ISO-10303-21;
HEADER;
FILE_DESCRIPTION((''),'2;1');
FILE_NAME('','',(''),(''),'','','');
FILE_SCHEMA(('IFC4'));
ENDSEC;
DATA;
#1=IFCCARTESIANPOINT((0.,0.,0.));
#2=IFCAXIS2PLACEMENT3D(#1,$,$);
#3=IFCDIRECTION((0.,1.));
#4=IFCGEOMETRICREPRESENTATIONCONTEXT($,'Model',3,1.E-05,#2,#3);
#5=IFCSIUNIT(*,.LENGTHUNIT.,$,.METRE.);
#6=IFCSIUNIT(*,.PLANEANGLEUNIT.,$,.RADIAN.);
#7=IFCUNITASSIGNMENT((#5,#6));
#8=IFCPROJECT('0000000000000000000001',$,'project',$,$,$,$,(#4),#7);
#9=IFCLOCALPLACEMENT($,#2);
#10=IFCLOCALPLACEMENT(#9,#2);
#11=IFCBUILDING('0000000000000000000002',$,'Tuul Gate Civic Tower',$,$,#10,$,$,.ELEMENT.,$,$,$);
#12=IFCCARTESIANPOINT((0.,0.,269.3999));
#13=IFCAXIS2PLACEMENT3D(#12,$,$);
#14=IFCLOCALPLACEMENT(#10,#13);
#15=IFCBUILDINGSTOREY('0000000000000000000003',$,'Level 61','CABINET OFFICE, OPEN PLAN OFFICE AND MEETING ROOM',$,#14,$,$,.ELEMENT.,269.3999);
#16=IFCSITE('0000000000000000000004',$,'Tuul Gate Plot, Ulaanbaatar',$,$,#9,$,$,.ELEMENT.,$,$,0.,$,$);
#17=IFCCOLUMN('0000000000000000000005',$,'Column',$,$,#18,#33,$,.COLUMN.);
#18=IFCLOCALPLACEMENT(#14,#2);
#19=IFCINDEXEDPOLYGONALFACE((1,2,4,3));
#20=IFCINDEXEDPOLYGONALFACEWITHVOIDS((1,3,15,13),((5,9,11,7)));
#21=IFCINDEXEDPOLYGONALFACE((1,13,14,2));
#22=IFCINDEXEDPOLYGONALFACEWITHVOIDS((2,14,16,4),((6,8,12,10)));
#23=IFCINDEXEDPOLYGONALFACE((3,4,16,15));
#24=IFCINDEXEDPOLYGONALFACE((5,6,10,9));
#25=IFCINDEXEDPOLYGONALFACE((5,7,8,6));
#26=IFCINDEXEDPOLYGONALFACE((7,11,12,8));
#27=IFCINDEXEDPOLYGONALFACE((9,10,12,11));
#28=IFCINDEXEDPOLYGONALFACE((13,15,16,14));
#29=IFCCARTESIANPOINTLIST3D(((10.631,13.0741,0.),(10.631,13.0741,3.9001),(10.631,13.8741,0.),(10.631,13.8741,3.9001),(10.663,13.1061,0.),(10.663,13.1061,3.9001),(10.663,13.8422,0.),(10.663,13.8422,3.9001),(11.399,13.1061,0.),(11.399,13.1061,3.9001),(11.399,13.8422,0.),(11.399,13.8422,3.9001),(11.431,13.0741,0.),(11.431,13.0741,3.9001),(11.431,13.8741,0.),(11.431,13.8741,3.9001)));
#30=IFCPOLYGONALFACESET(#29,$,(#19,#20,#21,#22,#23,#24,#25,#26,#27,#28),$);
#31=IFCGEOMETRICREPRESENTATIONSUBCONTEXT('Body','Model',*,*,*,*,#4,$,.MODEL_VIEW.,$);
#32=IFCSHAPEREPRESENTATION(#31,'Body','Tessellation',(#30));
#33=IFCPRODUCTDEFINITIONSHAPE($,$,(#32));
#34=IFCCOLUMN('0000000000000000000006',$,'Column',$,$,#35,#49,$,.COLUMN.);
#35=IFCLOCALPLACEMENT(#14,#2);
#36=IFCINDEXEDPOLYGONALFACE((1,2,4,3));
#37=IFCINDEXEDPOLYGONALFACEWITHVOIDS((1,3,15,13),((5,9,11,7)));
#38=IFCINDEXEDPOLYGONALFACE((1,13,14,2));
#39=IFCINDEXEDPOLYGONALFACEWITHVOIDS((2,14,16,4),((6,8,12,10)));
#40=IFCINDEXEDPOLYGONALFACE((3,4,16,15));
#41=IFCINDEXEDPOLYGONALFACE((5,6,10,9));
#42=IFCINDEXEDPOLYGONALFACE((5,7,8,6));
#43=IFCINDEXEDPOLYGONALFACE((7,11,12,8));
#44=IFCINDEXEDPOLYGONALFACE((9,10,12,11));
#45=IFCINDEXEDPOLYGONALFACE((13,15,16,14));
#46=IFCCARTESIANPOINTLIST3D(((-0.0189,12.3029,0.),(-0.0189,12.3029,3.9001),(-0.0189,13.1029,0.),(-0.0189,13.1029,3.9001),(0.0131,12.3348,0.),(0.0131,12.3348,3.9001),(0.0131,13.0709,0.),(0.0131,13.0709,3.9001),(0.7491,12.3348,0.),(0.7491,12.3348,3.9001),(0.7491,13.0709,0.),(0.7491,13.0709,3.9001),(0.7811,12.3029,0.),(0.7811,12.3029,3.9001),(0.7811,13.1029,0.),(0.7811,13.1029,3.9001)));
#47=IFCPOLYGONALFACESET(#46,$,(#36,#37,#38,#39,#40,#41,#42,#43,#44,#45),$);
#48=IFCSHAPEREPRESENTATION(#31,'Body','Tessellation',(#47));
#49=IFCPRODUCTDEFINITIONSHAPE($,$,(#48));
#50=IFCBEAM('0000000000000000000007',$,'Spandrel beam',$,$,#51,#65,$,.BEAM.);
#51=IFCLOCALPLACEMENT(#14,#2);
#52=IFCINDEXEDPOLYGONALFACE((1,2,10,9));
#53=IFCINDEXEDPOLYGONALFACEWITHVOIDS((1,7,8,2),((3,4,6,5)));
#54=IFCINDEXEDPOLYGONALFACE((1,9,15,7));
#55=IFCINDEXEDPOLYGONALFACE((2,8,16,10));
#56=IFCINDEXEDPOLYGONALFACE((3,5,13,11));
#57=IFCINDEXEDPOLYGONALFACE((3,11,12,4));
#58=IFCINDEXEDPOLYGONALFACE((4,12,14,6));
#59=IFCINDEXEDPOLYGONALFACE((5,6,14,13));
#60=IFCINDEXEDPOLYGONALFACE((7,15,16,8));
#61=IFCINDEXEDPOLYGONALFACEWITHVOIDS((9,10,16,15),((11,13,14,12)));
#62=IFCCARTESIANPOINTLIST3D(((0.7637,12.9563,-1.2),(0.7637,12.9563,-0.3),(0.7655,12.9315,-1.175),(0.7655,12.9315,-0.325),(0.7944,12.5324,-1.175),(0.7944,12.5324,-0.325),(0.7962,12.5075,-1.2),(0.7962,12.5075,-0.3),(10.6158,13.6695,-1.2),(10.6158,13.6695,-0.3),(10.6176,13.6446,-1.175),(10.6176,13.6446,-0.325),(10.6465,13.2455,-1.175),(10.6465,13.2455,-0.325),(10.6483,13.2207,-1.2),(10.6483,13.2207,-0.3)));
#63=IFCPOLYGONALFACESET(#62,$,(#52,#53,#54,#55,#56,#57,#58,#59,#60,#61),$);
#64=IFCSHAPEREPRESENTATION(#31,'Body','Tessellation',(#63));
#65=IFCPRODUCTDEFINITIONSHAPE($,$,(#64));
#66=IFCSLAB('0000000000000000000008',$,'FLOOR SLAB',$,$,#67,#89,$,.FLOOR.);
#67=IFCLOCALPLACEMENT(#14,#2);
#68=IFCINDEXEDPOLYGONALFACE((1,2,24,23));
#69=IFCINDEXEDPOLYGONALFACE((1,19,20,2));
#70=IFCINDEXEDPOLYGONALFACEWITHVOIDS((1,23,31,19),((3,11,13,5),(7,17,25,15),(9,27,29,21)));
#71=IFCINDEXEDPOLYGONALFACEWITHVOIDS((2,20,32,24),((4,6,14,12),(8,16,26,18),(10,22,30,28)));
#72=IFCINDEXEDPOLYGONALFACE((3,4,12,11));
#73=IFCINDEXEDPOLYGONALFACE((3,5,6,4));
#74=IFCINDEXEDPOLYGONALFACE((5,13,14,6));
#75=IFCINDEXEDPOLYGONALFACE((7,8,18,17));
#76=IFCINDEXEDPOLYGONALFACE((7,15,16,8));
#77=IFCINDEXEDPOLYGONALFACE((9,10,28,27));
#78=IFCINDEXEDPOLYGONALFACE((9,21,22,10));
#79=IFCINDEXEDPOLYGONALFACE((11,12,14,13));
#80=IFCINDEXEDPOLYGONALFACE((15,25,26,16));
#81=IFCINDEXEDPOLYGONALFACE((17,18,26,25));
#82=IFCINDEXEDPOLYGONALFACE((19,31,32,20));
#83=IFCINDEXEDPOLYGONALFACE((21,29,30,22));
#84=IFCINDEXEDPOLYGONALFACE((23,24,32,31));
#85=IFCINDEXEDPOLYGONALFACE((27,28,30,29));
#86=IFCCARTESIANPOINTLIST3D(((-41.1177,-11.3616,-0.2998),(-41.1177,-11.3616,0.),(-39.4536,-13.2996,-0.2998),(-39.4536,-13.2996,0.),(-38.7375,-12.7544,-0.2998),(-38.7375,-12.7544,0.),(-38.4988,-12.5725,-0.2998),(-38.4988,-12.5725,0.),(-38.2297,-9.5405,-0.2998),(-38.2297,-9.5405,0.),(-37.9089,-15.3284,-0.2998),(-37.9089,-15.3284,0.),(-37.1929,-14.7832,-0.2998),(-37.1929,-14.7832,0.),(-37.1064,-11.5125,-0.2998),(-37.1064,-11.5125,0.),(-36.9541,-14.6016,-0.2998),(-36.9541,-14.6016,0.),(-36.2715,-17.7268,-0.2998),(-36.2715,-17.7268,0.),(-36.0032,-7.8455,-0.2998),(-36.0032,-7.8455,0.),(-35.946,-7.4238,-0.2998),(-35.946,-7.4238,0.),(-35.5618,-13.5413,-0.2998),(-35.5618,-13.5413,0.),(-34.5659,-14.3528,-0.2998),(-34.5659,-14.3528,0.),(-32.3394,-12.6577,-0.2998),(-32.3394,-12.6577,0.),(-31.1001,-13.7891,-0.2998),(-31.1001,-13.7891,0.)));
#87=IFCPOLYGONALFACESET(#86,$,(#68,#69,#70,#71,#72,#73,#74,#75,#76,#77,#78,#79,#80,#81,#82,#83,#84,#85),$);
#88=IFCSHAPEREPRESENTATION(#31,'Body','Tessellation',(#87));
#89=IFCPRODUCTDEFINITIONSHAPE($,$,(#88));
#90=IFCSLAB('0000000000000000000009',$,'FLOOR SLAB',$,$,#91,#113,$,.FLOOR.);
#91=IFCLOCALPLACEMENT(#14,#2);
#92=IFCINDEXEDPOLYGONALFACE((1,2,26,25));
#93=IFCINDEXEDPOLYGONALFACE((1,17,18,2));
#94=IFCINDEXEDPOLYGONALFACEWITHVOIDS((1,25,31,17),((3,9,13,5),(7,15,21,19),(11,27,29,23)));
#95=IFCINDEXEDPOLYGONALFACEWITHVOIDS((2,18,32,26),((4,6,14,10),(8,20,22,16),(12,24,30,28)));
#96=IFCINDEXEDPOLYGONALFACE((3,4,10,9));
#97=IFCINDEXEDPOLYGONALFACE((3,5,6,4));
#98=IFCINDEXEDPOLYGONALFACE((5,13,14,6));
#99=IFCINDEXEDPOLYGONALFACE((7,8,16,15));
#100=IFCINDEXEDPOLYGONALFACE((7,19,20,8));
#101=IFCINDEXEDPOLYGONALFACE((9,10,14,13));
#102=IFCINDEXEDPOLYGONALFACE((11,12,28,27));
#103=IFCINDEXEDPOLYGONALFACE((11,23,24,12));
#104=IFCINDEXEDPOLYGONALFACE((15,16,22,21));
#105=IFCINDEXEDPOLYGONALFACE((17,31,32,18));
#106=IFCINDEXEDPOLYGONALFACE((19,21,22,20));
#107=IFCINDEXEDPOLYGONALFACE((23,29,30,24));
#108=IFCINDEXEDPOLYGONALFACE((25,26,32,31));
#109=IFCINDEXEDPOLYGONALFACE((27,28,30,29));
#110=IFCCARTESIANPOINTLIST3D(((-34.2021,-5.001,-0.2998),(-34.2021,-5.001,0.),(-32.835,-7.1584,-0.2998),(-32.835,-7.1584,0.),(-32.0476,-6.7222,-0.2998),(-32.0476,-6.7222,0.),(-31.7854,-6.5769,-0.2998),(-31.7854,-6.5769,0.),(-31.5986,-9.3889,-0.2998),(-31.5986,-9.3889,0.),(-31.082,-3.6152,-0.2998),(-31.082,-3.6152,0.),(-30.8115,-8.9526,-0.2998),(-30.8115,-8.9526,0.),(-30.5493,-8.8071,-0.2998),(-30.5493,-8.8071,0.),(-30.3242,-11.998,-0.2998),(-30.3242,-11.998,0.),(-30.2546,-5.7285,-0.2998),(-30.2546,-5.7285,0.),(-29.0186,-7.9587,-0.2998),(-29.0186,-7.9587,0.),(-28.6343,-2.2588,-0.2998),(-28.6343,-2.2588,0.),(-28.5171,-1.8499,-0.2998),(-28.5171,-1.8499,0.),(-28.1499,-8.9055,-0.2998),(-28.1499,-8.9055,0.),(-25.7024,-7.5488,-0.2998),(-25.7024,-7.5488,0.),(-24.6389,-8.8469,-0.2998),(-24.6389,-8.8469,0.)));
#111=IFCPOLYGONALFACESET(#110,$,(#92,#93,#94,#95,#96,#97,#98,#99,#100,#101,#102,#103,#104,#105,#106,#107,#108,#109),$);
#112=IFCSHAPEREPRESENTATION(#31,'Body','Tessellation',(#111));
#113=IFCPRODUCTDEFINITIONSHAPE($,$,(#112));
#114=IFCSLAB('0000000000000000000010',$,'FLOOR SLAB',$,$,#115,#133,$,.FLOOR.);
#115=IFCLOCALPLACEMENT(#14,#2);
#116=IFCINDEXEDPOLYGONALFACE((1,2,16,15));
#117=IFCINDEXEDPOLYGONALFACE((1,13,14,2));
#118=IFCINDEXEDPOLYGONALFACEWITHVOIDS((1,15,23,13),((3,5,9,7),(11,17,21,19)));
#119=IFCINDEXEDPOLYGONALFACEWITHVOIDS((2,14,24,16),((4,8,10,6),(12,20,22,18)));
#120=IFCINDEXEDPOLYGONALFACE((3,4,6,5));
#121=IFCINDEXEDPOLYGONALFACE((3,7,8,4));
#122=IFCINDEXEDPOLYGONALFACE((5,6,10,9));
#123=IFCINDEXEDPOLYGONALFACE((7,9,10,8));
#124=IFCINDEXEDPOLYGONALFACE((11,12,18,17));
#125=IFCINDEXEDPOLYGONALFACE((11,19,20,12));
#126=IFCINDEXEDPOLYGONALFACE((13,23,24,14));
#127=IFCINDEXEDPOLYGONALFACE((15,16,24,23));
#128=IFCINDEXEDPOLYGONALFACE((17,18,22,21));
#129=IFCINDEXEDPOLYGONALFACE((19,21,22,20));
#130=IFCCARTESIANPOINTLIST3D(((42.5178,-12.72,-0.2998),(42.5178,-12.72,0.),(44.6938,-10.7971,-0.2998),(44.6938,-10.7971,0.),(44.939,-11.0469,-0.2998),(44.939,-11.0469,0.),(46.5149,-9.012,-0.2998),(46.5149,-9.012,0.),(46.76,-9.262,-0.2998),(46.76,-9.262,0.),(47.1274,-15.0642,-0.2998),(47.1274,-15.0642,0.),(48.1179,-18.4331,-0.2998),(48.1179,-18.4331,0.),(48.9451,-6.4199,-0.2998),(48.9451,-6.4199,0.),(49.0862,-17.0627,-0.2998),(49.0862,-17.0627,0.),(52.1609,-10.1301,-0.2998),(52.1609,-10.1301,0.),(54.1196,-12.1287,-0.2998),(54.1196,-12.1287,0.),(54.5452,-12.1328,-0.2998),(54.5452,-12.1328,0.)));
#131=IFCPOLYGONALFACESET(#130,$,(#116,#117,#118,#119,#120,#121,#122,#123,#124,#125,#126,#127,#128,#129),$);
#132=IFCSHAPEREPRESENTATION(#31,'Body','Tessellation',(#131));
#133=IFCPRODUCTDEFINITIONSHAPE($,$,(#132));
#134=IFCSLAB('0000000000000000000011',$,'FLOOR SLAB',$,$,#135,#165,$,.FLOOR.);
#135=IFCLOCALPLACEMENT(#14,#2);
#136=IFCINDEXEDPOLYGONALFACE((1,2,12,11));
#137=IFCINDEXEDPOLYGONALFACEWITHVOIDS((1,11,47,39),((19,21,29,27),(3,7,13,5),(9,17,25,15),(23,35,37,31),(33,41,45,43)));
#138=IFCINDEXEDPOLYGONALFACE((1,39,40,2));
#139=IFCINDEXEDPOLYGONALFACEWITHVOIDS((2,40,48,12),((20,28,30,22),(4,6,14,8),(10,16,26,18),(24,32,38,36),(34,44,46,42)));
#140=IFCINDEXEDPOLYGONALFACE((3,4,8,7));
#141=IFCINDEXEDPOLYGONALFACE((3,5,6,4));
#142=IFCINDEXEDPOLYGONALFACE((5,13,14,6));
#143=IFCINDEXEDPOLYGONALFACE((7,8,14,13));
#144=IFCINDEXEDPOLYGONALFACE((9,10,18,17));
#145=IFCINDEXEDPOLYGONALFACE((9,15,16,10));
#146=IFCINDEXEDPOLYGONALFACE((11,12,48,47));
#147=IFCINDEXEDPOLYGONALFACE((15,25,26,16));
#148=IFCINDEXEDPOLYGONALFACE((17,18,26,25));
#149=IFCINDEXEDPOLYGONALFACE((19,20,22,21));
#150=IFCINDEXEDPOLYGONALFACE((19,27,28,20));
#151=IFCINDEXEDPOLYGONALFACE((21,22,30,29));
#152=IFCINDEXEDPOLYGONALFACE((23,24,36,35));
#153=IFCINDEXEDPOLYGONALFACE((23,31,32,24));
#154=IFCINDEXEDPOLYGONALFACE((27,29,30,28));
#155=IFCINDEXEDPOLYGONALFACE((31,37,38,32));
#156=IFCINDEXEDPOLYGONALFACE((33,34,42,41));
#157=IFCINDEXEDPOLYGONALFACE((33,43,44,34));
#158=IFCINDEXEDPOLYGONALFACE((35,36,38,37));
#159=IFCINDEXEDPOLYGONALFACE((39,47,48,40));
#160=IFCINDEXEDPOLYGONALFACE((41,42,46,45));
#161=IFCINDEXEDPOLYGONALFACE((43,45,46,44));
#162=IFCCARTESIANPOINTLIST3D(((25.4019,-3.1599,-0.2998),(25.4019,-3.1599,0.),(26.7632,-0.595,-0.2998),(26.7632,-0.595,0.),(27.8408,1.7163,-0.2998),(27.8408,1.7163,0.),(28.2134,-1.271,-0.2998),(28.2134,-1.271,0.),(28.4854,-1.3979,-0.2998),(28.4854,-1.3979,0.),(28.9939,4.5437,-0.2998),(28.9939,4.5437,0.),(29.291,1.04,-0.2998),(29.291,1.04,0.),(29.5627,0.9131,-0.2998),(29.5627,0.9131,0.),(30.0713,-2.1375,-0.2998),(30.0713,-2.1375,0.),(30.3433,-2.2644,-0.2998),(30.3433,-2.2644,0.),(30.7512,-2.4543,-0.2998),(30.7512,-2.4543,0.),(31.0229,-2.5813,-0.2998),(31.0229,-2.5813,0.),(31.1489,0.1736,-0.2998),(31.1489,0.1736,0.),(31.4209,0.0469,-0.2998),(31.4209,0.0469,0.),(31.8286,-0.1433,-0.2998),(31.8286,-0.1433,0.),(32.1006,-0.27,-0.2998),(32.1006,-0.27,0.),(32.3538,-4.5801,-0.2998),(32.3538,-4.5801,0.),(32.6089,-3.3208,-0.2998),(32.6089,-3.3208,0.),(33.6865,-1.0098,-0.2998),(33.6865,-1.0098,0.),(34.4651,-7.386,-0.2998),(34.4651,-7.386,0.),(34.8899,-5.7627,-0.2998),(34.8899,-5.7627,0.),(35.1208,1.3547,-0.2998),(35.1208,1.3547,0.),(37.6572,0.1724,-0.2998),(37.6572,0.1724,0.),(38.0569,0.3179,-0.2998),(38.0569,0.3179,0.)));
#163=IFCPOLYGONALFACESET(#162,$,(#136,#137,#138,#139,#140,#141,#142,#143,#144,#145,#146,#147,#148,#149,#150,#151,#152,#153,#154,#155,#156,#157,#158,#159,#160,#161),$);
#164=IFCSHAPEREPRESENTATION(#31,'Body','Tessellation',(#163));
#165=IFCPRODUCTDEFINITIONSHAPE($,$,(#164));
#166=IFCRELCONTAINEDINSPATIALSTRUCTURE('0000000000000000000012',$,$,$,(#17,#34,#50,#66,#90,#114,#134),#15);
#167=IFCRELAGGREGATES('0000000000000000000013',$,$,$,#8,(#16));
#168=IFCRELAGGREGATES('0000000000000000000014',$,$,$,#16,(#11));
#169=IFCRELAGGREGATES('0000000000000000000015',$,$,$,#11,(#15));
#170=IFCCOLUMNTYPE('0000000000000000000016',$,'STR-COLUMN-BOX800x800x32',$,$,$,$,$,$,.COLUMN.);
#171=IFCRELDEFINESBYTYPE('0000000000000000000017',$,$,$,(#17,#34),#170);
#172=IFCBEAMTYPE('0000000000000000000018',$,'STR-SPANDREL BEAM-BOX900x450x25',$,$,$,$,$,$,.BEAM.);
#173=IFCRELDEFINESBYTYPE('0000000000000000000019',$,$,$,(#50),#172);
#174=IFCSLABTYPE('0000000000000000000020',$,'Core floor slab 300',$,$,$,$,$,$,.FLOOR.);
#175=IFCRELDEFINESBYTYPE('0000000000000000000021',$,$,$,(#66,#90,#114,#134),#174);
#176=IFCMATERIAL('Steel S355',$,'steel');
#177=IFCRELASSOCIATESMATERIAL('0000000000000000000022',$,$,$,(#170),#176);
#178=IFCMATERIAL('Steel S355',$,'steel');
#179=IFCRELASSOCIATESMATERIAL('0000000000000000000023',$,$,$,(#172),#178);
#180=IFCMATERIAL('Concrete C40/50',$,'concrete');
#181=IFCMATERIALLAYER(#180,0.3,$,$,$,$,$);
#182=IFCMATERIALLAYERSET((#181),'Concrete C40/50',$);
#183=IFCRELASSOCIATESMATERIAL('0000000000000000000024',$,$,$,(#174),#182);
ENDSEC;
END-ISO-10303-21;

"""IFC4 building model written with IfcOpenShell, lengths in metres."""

from ifc_helpers import new_model, si_unit, direction, frame, origin, origin_2d, place, context, subcontext, project, spatial, polyline, hollow_rectangle, outline, extrude, material, layer, layer_set, material_profile, profile_set, type_object, element, save


model = new_model("IFC4")

# Units and contexts
model_context = context("Model", 3, precision=1e-05, world=origin(), true_north=direction((0.0, 1.0)))
body_context = subcontext(model_context, "Body", "Model", "MODEL_VIEW")
ifc_project = project(units=[si_unit("LENGTHUNIT", "METRE"), si_unit("PLANEANGLEUNIT", "RADIAN")], contexts=[model_context])

# Site, building, storey
site_placement = place(None, origin())
site = spatial("IfcSite", under=ifc_project, at=site_placement, Name="Tuul Gate Plot, Ulaanbaatar", CompositionType="ELEMENT", RefElevation=0.0)
building_placement = place(site_placement, origin())
building = spatial("IfcBuilding", under=site, at=building_placement, Name="Tuul Gate Civic Tower", CompositionType="ELEMENT")
storey_placement = place(building_placement, frame((0.0, 0.0, 269.3999)))
storey = spatial("IfcBuildingStorey", under=building, at=storey_placement, Name="Level 61", Description="CABINET OFFICE, OPEN PLAN OFFICE AND MEETING ROOM", CompositionType="ELEMENT", Elevation=269.3999)

# Columns
ifc_material_1 = material(Name="Steel S355", Category="steel")
ifc_material_profile_1 = material_profile(ifc_material_1, hollow_rectangle(XDim=0.8, YDim=0.8, WallThickness=0.032, at=origin_2d()), Name="BOX800x800x32")
ifc_profile_set_1 = profile_set([ifc_material_profile_1], Name="Steel S355")
column_type = type_object("IfcColumnType", Name="STR-COLUMN-BOX800x800x32", PredefinedType="COLUMN", material=ifc_profile_set_1)
for number, where, z_axis, x_axis, name in (
    (1, (11.031, 13.4741, 0.0), (0.0, 0.0, 1.0), (1.0, 0.0, 0.0), "Column"),
    (2, (0.3811, 12.7029, 0.0), (0.0, 0.0, 1.0), (1.0, 0.0, 0.0), "Column"),
):
    element("IfcColumn", number, at=place(storey_placement, frame(where, z_axis=z_axis, x_axis=x_axis)), inside=storey, type_object=column_type, Name=name, PredefinedType="COLUMN", context=body_context, shape_type="SweptSolid", body=[
        extrude(hollow_rectangle(XDim=0.8, YDim=0.8, WallThickness=0.032, at=origin_2d()), origin(), (0.0, 0.0, 1.0), 3.9001),
    ])

# Beam
ifc_material_2 = material(Name="Steel S355", Category="steel")
ifc_material_profile_2 = material_profile(ifc_material_2, hollow_rectangle(XDim=0.45, YDim=0.8999, WallThickness=0.0249, at=origin_2d()), Name="BOX900x450x25")
ifc_profile_set_2 = profile_set([ifc_material_profile_2], Name="Steel S355")
beam_type = type_object("IfcBeamType", Name="STR-SPANDREL BEAM-BOX900x450x25", PredefinedType="BEAM", material=ifc_profile_set_2)
beam_placement = place(storey_placement, frame((10.6321, 13.4451, -0.75), z_axis=(-0.99739, -0.072196, 0.0), x_axis=(0.072196, -0.99739, 0.0)))
element("IfcBeam", 3, at=beam_placement, inside=storey, type_object=beam_type, Name="Spandrel beam", PredefinedType="BEAM", context=body_context, shape_type="SweptSolid", body=[
    extrude(hollow_rectangle(XDim=0.45, YDim=0.8999, WallThickness=0.0249, at=origin_2d()), origin(), (0.0, 0.0, 1.0), 9.8779),
])

# Slabs
ifc_material_3 = material(Name="Concrete C40/50", Category="concrete")
ifc_layer_1 = layer(ifc_material_3, 0.3)
ifc_layer_set_1 = layer_set([ifc_layer_1], Name="Concrete C40/50")
slab_type_1 = type_object("IfcSlabType", Name="Core floor slab 300", PredefinedType="FLOOR", material=ifc_layer_set_1)
slab_1_placement = place(storey_placement, frame((0.0, 0.0, -0.2998)))
element("IfcSlab", 4, at=slab_1_placement, inside=storey, type_object=slab_type_1, Name="FLOOR SLAB", PredefinedType="FLOOR", context=body_context, shape_type="SweptSolid", body=[
    extrude(outline(polyline([(-31.1001, -13.7891), (-35.946, -7.4238), (-41.1177, -11.3616), (-36.2715, -17.7268), (-31.1001, -13.7891)]), holes=[polyline([(-35.5618, -13.5413), (-37.1064, -11.5125), (-38.4988, -12.5725), (-36.9541, -14.6016), (-35.5618, -13.5413)]), polyline([(-37.1929, -14.7832), (-38.7375, -12.7544), (-39.4536, -13.2996), (-37.9089, -15.3284), (-37.1929, -14.7832)]), polyline([(-32.3394, -12.6577), (-34.5659, -14.3528), (-38.2297, -9.5405), (-36.0032, -7.8455), (-32.3394, -12.6577)])]), origin(), (0.0, 0.0, 1.0), 0.2998),
])
slab_2_placement = place(storey_placement, frame((0.0, 0.0, -0.2998)))
element("IfcSlab", 5, at=slab_2_placement, inside=storey, type_object=slab_type_1, Name="FLOOR SLAB", PredefinedType="FLOOR", context=body_context, shape_type="SweptSolid", body=[
    extrude(outline(polyline([(-24.6389, -8.8469), (-28.5171, -1.8499), (-34.2021, -5.001), (-30.3242, -11.998), (-24.6389, -8.8469)]), holes=[polyline([(-29.0186, -7.9587), (-30.2546, -5.7285), (-31.7854, -6.5769), (-30.5493, -8.8071), (-29.0186, -7.9587)]), polyline([(-30.8115, -8.9526), (-32.0476, -6.7222), (-32.835, -7.1584), (-31.5986, -9.3889), (-30.8115, -8.9526)]), polyline([(-25.7024, -7.5488), (-28.1499, -8.9055), (-31.082, -3.6152), (-28.6343, -2.2588), (-25.7024, -7.5488)])]), origin(), (0.0, 0.0, 1.0), 0.2998),
])
slab_3_placement = place(storey_placement, frame((0.0, 0.0, -0.2998)))
element("IfcSlab", 6, at=slab_3_placement, inside=storey, type_object=slab_type_1, Name="FLOOR SLAB", PredefinedType="FLOOR", context=body_context, shape_type="SweptSolid", body=[
    extrude(outline(polyline([(48.1179, -18.4331), (54.5452, -12.1328), (48.9451, -6.4199), (42.5178, -12.72), (48.1179, -18.4331)]), holes=[polyline([(44.939, -11.0469), (46.76, -9.262), (46.5149, -9.012), (44.6938, -10.7971), (44.939, -11.0469)]), polyline([(49.0862, -17.0627), (47.1274, -15.0642), (52.1609, -10.1301), (54.1196, -12.1287), (49.0862, -17.0627)])]), origin(), (0.0, 0.0, 1.0), 0.2998),
])
slab_4_placement = place(storey_placement, frame((0.0, 0.0, -0.2998)))
element("IfcSlab", 7, at=slab_4_placement, inside=storey, type_object=slab_type_1, Name="FLOOR SLAB", PredefinedType="FLOOR", context=body_context, shape_type="SweptSolid", body=[
    extrude(outline(polyline([(34.4651, -7.386), (38.0569, 0.3179), (28.9939, 4.5437), (25.4019, -3.1599), (34.4651, -7.386)]), holes=[polyline([(32.6089, -3.3208), (33.6865, -1.0098), (32.1006, -0.27), (31.0229, -2.5813), (32.6089, -3.3208)]), polyline([(30.0713, -2.1375), (31.1489, 0.1736), (29.5627, 0.9131), (28.4854, -1.3979), (30.0713, -2.1375)]), polyline([(30.7512, -2.4543), (31.8286, -0.1433), (31.4209, 0.0469), (30.3433, -2.2644), (30.7512, -2.4543)]), polyline([(28.2134, -1.271), (29.291, 1.04), (27.8408, 1.7163), (26.7632, -0.595), (28.2134, -1.271)]), polyline([(34.8899, -5.7627), (32.3538, -4.5801), (35.1208, 1.3547), (37.6572, 0.1724), (34.8899, -5.7627)])]), origin(), (0.0, 0.0, 1.0), 0.2998),
])

save(model, "model.ifc")
